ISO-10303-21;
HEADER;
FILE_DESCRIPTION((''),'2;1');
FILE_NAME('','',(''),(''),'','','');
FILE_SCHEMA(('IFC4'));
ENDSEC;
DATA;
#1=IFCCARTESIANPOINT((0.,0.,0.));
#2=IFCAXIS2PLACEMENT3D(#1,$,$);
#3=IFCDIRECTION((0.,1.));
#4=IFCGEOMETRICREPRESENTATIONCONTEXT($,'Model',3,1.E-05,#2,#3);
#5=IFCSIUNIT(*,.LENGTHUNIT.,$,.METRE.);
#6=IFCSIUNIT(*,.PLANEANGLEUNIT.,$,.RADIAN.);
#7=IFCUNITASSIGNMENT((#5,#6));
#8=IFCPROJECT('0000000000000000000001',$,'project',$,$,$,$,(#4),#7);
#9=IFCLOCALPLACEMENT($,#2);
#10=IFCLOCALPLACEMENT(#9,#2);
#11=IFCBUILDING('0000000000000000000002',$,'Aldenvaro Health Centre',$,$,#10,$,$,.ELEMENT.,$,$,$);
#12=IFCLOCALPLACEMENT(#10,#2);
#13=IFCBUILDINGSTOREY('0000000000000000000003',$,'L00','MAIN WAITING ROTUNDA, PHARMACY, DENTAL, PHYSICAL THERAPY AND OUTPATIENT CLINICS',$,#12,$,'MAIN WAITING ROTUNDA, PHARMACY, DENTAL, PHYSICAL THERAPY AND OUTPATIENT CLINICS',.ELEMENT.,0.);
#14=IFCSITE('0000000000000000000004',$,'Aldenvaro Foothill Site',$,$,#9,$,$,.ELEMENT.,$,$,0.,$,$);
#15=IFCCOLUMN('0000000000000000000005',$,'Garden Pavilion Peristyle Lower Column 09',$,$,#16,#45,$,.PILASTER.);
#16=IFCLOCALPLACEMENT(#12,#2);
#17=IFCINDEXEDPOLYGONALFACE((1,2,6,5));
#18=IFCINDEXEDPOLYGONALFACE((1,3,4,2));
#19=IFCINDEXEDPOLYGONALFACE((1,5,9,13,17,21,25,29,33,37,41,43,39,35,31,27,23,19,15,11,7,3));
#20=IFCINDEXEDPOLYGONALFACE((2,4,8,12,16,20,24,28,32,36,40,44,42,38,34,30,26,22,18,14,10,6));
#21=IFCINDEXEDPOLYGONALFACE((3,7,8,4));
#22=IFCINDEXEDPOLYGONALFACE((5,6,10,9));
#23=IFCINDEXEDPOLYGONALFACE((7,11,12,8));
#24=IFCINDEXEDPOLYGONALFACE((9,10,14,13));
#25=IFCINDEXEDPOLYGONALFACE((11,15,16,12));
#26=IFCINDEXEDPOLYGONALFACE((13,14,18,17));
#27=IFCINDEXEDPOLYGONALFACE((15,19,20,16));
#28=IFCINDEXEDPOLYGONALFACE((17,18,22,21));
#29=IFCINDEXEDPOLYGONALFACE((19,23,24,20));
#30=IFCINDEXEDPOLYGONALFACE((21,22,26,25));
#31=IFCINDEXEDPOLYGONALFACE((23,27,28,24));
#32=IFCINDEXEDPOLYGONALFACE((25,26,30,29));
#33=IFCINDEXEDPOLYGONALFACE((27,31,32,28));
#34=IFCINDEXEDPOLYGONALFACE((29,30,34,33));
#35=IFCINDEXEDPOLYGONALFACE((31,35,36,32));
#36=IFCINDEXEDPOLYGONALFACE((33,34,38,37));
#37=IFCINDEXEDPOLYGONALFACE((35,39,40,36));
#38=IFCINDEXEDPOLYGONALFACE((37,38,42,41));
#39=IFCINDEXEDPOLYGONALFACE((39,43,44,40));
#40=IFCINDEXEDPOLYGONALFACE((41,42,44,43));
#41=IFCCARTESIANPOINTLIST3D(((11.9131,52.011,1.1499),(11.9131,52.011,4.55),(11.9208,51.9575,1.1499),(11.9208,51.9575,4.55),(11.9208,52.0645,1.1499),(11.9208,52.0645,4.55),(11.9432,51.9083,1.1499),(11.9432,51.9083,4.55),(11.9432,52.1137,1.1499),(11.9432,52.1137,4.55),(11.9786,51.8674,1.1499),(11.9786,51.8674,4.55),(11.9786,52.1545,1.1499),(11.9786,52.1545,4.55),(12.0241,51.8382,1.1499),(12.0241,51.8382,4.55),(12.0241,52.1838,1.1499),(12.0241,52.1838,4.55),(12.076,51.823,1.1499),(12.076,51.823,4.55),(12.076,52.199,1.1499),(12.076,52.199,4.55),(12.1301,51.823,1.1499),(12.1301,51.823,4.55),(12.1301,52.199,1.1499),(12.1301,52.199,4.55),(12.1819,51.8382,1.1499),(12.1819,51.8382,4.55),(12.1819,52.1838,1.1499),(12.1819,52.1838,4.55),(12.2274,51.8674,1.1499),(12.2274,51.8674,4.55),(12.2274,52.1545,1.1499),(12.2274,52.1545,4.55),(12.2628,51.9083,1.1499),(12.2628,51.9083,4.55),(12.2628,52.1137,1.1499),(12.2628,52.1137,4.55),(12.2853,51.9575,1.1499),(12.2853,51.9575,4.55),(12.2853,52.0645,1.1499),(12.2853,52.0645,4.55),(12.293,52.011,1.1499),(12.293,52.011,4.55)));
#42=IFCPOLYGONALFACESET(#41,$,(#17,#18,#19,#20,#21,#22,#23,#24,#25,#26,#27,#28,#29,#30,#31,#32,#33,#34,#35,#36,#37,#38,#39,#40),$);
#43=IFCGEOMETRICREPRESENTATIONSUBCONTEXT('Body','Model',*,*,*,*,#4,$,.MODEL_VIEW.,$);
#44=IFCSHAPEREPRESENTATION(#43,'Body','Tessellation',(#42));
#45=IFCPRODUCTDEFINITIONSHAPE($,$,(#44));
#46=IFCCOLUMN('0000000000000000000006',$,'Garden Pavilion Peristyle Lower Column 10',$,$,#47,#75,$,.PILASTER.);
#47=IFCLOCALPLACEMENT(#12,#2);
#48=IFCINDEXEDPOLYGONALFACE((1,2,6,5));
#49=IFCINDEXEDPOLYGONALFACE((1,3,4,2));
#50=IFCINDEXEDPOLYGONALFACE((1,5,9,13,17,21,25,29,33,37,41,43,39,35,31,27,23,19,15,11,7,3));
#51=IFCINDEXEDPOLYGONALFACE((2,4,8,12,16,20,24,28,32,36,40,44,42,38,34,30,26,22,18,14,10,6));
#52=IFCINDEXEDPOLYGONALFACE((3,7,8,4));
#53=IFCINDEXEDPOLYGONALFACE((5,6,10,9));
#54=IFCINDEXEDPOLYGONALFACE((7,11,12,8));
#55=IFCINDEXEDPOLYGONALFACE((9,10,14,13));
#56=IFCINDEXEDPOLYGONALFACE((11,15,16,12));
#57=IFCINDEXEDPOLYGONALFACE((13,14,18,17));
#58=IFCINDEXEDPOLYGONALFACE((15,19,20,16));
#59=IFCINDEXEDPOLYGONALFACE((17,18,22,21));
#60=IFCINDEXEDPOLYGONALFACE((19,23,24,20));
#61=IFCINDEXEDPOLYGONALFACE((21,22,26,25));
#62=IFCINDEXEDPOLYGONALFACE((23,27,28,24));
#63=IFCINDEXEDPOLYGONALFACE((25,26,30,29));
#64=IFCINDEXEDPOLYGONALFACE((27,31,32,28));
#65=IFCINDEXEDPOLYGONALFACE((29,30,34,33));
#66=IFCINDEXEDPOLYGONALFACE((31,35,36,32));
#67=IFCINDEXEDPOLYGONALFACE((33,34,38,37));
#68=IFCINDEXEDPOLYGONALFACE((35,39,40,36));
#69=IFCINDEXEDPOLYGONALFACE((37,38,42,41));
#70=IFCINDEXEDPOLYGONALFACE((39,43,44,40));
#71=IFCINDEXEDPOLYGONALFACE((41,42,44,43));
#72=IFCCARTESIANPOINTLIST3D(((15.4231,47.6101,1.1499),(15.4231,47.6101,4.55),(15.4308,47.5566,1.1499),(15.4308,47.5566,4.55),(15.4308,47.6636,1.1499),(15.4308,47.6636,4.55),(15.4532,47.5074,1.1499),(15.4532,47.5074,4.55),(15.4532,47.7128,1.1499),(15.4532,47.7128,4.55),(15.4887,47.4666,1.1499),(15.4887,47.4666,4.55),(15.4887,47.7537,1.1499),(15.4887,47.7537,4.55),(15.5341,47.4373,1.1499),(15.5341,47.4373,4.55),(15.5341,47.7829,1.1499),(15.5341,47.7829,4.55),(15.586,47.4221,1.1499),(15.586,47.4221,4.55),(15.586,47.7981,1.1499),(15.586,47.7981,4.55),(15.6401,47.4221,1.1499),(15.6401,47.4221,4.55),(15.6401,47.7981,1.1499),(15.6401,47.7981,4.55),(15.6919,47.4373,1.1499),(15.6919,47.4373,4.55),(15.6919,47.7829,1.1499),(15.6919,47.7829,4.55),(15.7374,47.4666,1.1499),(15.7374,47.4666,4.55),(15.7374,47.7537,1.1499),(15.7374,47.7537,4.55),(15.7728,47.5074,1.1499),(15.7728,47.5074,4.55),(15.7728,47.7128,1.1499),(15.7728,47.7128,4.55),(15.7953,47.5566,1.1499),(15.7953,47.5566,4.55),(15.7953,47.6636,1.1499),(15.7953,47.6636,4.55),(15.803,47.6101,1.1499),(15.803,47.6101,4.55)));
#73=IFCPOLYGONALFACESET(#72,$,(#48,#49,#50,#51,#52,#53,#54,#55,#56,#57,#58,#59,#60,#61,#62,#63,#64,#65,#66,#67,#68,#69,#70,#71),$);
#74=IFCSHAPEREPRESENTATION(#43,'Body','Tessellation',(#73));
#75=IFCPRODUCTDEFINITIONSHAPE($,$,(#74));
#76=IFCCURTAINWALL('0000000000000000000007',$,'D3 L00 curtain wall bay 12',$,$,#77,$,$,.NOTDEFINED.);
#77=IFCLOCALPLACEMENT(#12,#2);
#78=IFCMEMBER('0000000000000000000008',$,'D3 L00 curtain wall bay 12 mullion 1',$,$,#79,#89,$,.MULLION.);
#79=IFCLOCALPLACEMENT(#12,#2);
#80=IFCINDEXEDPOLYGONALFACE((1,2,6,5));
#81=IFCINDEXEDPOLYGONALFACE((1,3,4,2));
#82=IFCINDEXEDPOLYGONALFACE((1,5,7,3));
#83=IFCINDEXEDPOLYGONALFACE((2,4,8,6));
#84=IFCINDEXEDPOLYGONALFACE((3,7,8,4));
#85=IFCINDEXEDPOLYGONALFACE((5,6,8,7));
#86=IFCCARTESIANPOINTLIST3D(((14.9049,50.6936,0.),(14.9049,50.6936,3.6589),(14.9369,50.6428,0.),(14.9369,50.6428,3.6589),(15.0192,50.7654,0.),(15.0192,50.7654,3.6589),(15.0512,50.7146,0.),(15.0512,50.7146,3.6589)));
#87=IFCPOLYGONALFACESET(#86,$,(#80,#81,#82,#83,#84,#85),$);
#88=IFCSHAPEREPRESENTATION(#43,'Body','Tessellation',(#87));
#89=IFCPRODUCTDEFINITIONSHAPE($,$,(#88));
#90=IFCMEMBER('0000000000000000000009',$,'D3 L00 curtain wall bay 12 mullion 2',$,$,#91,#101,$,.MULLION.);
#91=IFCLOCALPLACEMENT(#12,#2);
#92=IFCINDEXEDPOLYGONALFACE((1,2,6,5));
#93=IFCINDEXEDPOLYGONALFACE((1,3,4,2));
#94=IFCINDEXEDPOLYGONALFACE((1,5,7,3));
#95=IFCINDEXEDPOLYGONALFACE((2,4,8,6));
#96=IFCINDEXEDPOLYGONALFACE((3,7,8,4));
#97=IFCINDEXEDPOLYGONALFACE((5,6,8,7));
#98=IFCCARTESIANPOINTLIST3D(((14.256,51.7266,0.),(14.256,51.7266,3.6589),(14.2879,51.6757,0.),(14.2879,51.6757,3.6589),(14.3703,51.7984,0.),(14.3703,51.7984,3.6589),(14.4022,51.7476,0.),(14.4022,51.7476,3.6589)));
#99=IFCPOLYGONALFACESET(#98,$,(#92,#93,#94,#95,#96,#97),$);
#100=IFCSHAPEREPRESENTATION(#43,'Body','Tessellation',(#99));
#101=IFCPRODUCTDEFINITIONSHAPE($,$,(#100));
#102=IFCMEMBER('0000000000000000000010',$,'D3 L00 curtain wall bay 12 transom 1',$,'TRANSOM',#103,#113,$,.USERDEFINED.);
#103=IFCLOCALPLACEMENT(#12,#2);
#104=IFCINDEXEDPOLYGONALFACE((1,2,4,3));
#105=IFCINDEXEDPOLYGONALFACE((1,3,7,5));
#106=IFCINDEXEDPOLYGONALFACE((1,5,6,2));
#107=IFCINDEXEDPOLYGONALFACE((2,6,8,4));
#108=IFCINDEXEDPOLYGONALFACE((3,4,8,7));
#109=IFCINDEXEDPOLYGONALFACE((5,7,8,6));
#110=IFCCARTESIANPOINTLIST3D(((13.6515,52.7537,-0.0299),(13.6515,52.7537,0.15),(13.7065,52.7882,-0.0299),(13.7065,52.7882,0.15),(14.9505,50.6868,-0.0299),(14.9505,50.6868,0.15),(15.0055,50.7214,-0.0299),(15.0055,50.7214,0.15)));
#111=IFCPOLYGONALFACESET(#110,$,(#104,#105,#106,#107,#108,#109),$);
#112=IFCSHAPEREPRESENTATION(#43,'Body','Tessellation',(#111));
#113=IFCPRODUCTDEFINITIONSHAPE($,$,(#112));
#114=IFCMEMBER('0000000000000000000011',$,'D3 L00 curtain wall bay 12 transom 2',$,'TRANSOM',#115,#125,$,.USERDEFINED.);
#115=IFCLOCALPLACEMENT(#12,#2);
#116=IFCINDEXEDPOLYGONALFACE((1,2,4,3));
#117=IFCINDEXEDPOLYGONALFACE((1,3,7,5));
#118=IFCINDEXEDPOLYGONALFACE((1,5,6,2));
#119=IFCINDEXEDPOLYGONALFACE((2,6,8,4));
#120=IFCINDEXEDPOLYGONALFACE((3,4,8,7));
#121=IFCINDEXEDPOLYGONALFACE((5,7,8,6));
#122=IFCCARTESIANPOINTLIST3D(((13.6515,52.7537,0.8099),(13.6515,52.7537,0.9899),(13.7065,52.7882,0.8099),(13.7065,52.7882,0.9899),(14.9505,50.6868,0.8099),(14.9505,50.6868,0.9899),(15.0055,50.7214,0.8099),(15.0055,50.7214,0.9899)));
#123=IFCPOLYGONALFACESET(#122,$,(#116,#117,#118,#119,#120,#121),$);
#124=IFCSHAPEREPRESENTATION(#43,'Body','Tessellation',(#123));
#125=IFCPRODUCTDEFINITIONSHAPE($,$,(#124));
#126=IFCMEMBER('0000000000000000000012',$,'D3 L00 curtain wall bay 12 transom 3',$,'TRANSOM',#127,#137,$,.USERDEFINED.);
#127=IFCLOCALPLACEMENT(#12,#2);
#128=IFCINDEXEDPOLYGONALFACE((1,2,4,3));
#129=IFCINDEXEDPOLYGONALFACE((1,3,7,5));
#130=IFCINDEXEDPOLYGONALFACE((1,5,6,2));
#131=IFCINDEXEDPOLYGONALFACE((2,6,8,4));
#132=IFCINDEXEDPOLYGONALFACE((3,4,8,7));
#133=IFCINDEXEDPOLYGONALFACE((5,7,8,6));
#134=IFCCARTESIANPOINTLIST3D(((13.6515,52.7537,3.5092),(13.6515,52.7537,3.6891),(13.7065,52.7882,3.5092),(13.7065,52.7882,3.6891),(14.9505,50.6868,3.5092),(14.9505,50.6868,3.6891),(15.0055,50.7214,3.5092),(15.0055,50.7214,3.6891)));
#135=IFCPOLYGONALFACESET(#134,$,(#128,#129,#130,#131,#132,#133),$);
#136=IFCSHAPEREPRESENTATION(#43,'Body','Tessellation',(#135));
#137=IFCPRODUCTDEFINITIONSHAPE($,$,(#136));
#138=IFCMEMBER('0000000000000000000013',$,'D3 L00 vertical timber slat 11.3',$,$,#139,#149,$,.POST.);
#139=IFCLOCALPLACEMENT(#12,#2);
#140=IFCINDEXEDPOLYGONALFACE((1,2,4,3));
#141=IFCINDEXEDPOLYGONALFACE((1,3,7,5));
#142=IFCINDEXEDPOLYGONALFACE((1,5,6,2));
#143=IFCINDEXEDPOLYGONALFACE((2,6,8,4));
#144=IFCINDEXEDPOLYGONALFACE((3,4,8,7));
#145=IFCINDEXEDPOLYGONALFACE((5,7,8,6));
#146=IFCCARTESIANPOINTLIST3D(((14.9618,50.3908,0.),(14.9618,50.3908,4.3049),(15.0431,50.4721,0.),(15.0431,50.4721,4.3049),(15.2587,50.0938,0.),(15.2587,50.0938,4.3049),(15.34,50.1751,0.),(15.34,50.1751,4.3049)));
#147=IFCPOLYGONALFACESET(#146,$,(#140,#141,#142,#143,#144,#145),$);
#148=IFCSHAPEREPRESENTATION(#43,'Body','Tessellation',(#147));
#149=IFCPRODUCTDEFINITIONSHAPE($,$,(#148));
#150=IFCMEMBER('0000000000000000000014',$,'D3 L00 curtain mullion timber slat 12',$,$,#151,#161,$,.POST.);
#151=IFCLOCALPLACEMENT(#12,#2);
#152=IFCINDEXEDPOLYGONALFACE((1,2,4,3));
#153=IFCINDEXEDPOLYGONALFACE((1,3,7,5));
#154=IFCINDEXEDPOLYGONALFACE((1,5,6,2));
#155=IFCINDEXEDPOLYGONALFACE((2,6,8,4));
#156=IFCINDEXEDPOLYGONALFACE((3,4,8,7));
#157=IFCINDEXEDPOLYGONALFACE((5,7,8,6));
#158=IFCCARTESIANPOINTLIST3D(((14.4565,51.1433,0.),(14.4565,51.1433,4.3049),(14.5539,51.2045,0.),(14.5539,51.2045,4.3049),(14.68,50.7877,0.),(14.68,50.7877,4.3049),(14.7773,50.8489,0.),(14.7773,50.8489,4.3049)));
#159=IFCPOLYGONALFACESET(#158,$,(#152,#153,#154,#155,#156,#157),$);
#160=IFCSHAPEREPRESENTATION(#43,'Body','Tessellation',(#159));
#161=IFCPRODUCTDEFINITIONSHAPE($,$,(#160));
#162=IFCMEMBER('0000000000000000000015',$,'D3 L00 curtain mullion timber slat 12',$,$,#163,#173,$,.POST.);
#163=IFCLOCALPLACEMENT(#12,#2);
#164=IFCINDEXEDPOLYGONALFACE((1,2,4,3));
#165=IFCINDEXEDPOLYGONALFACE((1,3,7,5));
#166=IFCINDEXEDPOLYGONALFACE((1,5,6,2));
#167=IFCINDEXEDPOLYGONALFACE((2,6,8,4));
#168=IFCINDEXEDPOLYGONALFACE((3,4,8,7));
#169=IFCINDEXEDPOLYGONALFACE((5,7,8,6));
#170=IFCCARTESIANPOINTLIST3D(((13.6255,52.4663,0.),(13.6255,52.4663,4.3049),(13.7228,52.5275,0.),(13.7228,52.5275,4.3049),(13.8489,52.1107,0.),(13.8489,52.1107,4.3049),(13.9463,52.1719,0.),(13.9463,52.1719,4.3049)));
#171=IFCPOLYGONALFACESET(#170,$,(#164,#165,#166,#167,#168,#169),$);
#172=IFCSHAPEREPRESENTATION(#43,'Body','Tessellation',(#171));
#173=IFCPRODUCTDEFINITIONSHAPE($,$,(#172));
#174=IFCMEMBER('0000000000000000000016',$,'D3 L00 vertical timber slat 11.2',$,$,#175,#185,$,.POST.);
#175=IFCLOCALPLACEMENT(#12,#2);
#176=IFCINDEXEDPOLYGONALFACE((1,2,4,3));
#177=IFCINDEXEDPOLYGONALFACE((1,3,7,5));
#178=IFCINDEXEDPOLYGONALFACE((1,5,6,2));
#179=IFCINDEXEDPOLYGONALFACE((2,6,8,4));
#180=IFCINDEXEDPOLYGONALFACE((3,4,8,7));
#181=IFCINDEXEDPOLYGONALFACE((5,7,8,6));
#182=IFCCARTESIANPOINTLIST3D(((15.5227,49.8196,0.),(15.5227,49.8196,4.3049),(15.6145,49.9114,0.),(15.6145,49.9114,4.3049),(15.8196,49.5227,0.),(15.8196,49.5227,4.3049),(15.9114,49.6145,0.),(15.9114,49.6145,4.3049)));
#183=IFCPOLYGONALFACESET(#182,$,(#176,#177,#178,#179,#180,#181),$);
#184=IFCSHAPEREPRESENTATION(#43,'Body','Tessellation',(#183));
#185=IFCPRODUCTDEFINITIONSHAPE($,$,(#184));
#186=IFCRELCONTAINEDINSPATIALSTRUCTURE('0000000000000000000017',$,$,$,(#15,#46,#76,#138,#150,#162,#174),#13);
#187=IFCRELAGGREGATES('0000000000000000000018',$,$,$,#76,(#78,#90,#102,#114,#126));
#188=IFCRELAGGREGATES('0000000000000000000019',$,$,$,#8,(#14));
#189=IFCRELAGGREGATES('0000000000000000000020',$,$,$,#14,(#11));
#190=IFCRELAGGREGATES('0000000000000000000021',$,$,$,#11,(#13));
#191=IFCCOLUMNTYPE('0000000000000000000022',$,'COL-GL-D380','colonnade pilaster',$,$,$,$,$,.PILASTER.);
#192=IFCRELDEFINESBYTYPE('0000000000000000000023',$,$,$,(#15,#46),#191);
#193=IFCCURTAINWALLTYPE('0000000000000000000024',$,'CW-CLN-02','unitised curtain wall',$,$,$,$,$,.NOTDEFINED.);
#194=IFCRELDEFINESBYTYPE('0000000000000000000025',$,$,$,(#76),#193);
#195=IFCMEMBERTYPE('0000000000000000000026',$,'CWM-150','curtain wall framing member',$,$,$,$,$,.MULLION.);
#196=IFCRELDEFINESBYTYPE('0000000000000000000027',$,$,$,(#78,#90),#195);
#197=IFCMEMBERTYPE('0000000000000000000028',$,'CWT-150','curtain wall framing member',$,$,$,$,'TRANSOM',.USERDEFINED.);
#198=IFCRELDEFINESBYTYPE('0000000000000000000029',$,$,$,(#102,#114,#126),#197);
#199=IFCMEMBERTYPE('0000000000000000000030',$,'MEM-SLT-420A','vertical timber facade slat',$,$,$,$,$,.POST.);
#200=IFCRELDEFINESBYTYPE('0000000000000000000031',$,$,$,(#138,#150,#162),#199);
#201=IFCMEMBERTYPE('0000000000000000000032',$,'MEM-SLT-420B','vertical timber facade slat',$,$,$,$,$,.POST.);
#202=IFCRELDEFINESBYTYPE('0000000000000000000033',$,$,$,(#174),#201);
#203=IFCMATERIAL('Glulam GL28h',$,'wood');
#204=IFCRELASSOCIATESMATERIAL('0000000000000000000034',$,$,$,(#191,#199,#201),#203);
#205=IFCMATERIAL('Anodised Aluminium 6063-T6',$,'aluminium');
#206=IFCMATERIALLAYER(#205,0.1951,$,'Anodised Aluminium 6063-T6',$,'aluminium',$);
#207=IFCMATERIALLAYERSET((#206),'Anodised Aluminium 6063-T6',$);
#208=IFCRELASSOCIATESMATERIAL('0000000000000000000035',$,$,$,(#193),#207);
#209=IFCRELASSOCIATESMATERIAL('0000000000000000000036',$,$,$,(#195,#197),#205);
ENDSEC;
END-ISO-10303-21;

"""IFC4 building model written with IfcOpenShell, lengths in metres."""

from ifc_helpers import new_model, si_unit, direction, frame, origin, origin_2d, place, context, subcontext, project, spatial, rectangle, circle, extrude, material, layer, layer_set, material_profile, profile_set, type_object, element, aggregate, save


model = new_model("IFC4")

# Units and contexts
model_context = context("Model", 3, precision=1e-05, world=origin(), true_north=direction((0.0, 1.0)))
body_context = subcontext(model_context, "Body", "Model", "MODEL_VIEW")
ifc_project = project(units=[si_unit("LENGTHUNIT", "METRE"), si_unit("PLANEANGLEUNIT", "RADIAN")], contexts=[model_context])

# Site, building, storey
site_placement = place(None, origin())
site = spatial("IfcSite", under=ifc_project, at=site_placement, Name="Aldenvaro Foothill Site", CompositionType="ELEMENT", RefElevation=0.0)
building_placement = place(site_placement, origin())
building = spatial("IfcBuilding", under=site, at=building_placement, Name="Aldenvaro Health Centre", CompositionType="ELEMENT")
storey_placement = place(building_placement, origin())
storey = spatial("IfcBuildingStorey", under=building, at=storey_placement, Name="L00", Description="MAIN WAITING ROTUNDA, PHARMACY, DENTAL, PHYSICAL THERAPY AND OUTPATIENT CLINICS", LongName="MAIN WAITING ROTUNDA, PHARMACY, DENTAL, PHYSICAL THERAPY AND OUTPATIENT CLINICS", CompositionType="ELEMENT", Elevation=0.0)

# Columns
ifc_material_1 = material(Name="Glulam GL28h", Category="wood")
ifc_material_profile_1 = material_profile(ifc_material_1, circle(Radius=0.1899, at=origin_2d()), Name="GL D380", Category="wood")
ifc_profile_set_1 = profile_set([ifc_material_profile_1], Name="Glulam GL28h")
column_type = type_object("IfcColumnType", Name="COL-GL-D380", Description="colonnade pilaster", PredefinedType="PILASTER", material=ifc_profile_set_1)
for number, where, z_axis, x_axis, name in (
    (1, (12.103, 52.011, 1.1499), (0.0, 0.0, 1.0), (1.0, 0.0, 0.0), "Garden Pavilion Peristyle Lower Column 09"),
    (2, (15.613, 47.6101, 1.1499), (0.0, 0.0, 1.0), (1.0, 0.0, 0.0), "Garden Pavilion Peristyle Lower Column 10"),
):
    element("IfcColumn", number, at=place(storey_placement, frame(where, z_axis=z_axis, x_axis=x_axis)), inside=storey, type_object=column_type, Name=name, PredefinedType="PILASTER", context=body_context, shape_type="SweptSolid", body=[
        extrude(circle(Radius=0.1899, at=origin_2d()), origin(), (0.0, 0.0, 1.0), 3.4001),
    ])

# Curtain wall, members
ifc_material_2 = material(Name="Anodised Aluminium 6063-T6", Category="aluminium")
ifc_layer_1 = layer(ifc_material_2, 0.1951, Name="Anodised Aluminium 6063-T6", Category="aluminium")
ifc_layer_set_1 = layer_set([ifc_layer_1], Name="Anodised Aluminium 6063-T6")
curtain_wall_type = type_object("IfcCurtainWallType", Name="CW-CLN-02", Description="unitised curtain wall", PredefinedType="NOTDEFINED", material=ifc_layer_set_1)
curtain_wall_placement = place(storey_placement, origin())
curtain_wall = element("IfcCurtainWall", 3, at=curtain_wall_placement, inside=storey, type_object=curtain_wall_type, Name="D3 L00 curtain wall bay 12", PredefinedType="NOTDEFINED")
ifc_material_profile_2 = material_profile(ifc_material_2, rectangle(XDim=0.0601, YDim=0.135, at=origin_2d()), Name="ALU 60x135", Category="aluminium")
ifc_profile_set_2 = profile_set([ifc_material_profile_2], Name="Anodised Aluminium 6063-T6")
member_type_1 = type_object("IfcMemberType", Name="CWM-150", Description="curtain wall framing member", PredefinedType="MULLION", material=ifc_profile_set_2)
member_1_placement = place(storey_placement, frame((14.978, 50.7041, 0.0), z_axis=(0.0, 0.0, 1.0), x_axis=(-0.532096, 0.846684, 0.0)))
member_1 = element("IfcMember", 4, at=member_1_placement, type_object=member_type_1, Name="D3 L00 curtain wall bay 12 mullion 1", PredefinedType="MULLION", context=body_context, shape_type="SweptSolid", body=[
    extrude(rectangle(XDim=0.0601, YDim=0.135, at=origin_2d()), origin(), (0.0, 0.0, 1.0), 3.6589),
])
member_2_placement = place(storey_placement, frame((14.3291, 51.7371, 0.0), z_axis=(0.0, 0.0, 1.0), x_axis=(-0.532096, 0.846684, 0.0)))
member_2 = element("IfcMember", 5, at=member_2_placement, type_object=member_type_1, Name="D3 L00 curtain wall bay 12 mullion 2", PredefinedType="MULLION", context=body_context, shape_type="SweptSolid", body=[
    extrude(rectangle(XDim=0.0601, YDim=0.135, at=origin_2d()), origin(), (0.0, 0.0, 1.0), 3.6589),
])
ifc_material_profile_3 = material_profile(ifc_material_2, rectangle(XDim=0.0649, YDim=0.1799, at=origin_2d()), Name="ALU 65x180", Category="aluminium")
ifc_profile_set_3 = profile_set([ifc_material_profile_3], Name="Anodised Aluminium 6063-T6")
member_type_2 = type_object("IfcMemberType", Name="CWT-150", Description="curtain wall framing member", ElementType="TRANSOM", PredefinedType="USERDEFINED", material=ifc_profile_set_3)
member_3_placement = place(storey_placement, frame((14.978, 50.7041, 0.0601), z_axis=(-0.532137, 0.846658, 0.0), x_axis=(-0.846658, -0.532137, 0.0)))
member_3 = element("IfcMember", 6, at=member_3_placement, type_object=member_type_2, Name="D3 L00 curtain wall bay 12 transom 1", ObjectType="TRANSOM", PredefinedType="USERDEFINED", context=body_context, shape_type="SweptSolid", body=[
    extrude(rectangle(XDim=0.0649, YDim=0.1799, at=origin_2d()), origin(), (0.0, 0.0, 1.0), 2.4412),
])
member_4_placement = place(storey_placement, frame((14.978, 50.7041, 0.8999), z_axis=(-0.532137, 0.846658, 0.0), x_axis=(-0.846658, -0.532137, 0.0)))
member_4 = element("IfcMember", 7, at=member_4_placement, type_object=member_type_2, Name="D3 L00 curtain wall bay 12 transom 2", ObjectType="TRANSOM", PredefinedType="USERDEFINED", context=body_context, shape_type="SweptSolid", body=[
    extrude(rectangle(XDim=0.0649, YDim=0.1799, at=origin_2d()), origin(), (0.0, 0.0, 1.0), 2.4412),
])
member_5_placement = place(storey_placement, frame((14.978, 50.7041, 3.5991), z_axis=(-0.532137, 0.846658, 0.0), x_axis=(-0.846658, -0.532137, 0.0)))
member_5 = element("IfcMember", 8, at=member_5_placement, type_object=member_type_2, Name="D3 L00 curtain wall bay 12 transom 3", ObjectType="TRANSOM", PredefinedType="USERDEFINED", context=body_context, shape_type="SweptSolid", body=[
    extrude(rectangle(XDim=0.0649, YDim=0.1799, at=origin_2d()), origin(), (0.0, 0.0, 1.0), 2.4412),
])

# Members
ifc_material_profile_4 = material_profile(ifc_material_1, rectangle(XDim=0.115, YDim=0.4199, at=origin_2d()), Name="GL 115x420", Category="wood")
ifc_profile_set_4 = profile_set([ifc_material_profile_4], Name="Glulam GL28h")
member_type_3 = type_object("IfcMemberType", Name="MEM-SLT-420A", Description="vertical timber facade slat", PredefinedType="POST", material=ifc_profile_set_4)
for number, where, z_axis, x_axis, name in (
    (9, (15.1509, 50.283, 0.0), (0.0, 0.0, 1.0), (-0.707107, -0.707107, 0.0), "D3 L00 vertical timber slat 11.3"),
    (10, (14.6169, 50.9961, 0.0), (0.0, 0.0, 1.0), (-0.846684, -0.532096, 0.0), "D3 L00 curtain mullion timber slat 12"),
    (11, (13.7859, 52.3191, 0.0), (0.0, 0.0, 1.0), (-0.846684, -0.532096, 0.0), "D3 L00 curtain mullion timber slat 12"),
):
    element("IfcMember", number, at=place(storey_placement, frame(where, z_axis=z_axis, x_axis=x_axis)), inside=storey, type_object=member_type_3, Name=name, PredefinedType="POST", context=body_context, shape_type="SweptSolid", body=[
        extrude(rectangle(XDim=0.115, YDim=0.4199, at=origin_2d()), origin(), (0.0, 0.0, 1.0), 4.3049),
    ])
ifc_material_profile_5 = material_profile(ifc_material_1, rectangle(XDim=0.1299, YDim=0.4199, at=origin_2d()), Name="GL 130x420", Category="wood")
ifc_profile_set_5 = profile_set([ifc_material_profile_5], Name="Glulam GL28h")
member_type_4 = type_object("IfcMemberType", Name="MEM-SLT-420B", Description="vertical timber facade slat", PredefinedType="POST", material=ifc_profile_set_5)
member_6_placement = place(storey_placement, frame((15.717, 49.717, 0.0), z_axis=(0.0, 0.0, 1.0), x_axis=(-0.707107, -0.707107, 0.0)))
element("IfcMember", 12, at=member_6_placement, inside=storey, type_object=member_type_4, Name="D3 L00 vertical timber slat 11.2", PredefinedType="POST", context=body_context, shape_type="SweptSolid", body=[
    extrude(rectangle(XDim=0.1299, YDim=0.4199, at=origin_2d()), origin(), (0.0, 0.0, 1.0), 4.3049),
])

aggregate(curtain_wall, [member_1, member_2, member_3, member_4, member_5])

save(model, "model.ifc")
